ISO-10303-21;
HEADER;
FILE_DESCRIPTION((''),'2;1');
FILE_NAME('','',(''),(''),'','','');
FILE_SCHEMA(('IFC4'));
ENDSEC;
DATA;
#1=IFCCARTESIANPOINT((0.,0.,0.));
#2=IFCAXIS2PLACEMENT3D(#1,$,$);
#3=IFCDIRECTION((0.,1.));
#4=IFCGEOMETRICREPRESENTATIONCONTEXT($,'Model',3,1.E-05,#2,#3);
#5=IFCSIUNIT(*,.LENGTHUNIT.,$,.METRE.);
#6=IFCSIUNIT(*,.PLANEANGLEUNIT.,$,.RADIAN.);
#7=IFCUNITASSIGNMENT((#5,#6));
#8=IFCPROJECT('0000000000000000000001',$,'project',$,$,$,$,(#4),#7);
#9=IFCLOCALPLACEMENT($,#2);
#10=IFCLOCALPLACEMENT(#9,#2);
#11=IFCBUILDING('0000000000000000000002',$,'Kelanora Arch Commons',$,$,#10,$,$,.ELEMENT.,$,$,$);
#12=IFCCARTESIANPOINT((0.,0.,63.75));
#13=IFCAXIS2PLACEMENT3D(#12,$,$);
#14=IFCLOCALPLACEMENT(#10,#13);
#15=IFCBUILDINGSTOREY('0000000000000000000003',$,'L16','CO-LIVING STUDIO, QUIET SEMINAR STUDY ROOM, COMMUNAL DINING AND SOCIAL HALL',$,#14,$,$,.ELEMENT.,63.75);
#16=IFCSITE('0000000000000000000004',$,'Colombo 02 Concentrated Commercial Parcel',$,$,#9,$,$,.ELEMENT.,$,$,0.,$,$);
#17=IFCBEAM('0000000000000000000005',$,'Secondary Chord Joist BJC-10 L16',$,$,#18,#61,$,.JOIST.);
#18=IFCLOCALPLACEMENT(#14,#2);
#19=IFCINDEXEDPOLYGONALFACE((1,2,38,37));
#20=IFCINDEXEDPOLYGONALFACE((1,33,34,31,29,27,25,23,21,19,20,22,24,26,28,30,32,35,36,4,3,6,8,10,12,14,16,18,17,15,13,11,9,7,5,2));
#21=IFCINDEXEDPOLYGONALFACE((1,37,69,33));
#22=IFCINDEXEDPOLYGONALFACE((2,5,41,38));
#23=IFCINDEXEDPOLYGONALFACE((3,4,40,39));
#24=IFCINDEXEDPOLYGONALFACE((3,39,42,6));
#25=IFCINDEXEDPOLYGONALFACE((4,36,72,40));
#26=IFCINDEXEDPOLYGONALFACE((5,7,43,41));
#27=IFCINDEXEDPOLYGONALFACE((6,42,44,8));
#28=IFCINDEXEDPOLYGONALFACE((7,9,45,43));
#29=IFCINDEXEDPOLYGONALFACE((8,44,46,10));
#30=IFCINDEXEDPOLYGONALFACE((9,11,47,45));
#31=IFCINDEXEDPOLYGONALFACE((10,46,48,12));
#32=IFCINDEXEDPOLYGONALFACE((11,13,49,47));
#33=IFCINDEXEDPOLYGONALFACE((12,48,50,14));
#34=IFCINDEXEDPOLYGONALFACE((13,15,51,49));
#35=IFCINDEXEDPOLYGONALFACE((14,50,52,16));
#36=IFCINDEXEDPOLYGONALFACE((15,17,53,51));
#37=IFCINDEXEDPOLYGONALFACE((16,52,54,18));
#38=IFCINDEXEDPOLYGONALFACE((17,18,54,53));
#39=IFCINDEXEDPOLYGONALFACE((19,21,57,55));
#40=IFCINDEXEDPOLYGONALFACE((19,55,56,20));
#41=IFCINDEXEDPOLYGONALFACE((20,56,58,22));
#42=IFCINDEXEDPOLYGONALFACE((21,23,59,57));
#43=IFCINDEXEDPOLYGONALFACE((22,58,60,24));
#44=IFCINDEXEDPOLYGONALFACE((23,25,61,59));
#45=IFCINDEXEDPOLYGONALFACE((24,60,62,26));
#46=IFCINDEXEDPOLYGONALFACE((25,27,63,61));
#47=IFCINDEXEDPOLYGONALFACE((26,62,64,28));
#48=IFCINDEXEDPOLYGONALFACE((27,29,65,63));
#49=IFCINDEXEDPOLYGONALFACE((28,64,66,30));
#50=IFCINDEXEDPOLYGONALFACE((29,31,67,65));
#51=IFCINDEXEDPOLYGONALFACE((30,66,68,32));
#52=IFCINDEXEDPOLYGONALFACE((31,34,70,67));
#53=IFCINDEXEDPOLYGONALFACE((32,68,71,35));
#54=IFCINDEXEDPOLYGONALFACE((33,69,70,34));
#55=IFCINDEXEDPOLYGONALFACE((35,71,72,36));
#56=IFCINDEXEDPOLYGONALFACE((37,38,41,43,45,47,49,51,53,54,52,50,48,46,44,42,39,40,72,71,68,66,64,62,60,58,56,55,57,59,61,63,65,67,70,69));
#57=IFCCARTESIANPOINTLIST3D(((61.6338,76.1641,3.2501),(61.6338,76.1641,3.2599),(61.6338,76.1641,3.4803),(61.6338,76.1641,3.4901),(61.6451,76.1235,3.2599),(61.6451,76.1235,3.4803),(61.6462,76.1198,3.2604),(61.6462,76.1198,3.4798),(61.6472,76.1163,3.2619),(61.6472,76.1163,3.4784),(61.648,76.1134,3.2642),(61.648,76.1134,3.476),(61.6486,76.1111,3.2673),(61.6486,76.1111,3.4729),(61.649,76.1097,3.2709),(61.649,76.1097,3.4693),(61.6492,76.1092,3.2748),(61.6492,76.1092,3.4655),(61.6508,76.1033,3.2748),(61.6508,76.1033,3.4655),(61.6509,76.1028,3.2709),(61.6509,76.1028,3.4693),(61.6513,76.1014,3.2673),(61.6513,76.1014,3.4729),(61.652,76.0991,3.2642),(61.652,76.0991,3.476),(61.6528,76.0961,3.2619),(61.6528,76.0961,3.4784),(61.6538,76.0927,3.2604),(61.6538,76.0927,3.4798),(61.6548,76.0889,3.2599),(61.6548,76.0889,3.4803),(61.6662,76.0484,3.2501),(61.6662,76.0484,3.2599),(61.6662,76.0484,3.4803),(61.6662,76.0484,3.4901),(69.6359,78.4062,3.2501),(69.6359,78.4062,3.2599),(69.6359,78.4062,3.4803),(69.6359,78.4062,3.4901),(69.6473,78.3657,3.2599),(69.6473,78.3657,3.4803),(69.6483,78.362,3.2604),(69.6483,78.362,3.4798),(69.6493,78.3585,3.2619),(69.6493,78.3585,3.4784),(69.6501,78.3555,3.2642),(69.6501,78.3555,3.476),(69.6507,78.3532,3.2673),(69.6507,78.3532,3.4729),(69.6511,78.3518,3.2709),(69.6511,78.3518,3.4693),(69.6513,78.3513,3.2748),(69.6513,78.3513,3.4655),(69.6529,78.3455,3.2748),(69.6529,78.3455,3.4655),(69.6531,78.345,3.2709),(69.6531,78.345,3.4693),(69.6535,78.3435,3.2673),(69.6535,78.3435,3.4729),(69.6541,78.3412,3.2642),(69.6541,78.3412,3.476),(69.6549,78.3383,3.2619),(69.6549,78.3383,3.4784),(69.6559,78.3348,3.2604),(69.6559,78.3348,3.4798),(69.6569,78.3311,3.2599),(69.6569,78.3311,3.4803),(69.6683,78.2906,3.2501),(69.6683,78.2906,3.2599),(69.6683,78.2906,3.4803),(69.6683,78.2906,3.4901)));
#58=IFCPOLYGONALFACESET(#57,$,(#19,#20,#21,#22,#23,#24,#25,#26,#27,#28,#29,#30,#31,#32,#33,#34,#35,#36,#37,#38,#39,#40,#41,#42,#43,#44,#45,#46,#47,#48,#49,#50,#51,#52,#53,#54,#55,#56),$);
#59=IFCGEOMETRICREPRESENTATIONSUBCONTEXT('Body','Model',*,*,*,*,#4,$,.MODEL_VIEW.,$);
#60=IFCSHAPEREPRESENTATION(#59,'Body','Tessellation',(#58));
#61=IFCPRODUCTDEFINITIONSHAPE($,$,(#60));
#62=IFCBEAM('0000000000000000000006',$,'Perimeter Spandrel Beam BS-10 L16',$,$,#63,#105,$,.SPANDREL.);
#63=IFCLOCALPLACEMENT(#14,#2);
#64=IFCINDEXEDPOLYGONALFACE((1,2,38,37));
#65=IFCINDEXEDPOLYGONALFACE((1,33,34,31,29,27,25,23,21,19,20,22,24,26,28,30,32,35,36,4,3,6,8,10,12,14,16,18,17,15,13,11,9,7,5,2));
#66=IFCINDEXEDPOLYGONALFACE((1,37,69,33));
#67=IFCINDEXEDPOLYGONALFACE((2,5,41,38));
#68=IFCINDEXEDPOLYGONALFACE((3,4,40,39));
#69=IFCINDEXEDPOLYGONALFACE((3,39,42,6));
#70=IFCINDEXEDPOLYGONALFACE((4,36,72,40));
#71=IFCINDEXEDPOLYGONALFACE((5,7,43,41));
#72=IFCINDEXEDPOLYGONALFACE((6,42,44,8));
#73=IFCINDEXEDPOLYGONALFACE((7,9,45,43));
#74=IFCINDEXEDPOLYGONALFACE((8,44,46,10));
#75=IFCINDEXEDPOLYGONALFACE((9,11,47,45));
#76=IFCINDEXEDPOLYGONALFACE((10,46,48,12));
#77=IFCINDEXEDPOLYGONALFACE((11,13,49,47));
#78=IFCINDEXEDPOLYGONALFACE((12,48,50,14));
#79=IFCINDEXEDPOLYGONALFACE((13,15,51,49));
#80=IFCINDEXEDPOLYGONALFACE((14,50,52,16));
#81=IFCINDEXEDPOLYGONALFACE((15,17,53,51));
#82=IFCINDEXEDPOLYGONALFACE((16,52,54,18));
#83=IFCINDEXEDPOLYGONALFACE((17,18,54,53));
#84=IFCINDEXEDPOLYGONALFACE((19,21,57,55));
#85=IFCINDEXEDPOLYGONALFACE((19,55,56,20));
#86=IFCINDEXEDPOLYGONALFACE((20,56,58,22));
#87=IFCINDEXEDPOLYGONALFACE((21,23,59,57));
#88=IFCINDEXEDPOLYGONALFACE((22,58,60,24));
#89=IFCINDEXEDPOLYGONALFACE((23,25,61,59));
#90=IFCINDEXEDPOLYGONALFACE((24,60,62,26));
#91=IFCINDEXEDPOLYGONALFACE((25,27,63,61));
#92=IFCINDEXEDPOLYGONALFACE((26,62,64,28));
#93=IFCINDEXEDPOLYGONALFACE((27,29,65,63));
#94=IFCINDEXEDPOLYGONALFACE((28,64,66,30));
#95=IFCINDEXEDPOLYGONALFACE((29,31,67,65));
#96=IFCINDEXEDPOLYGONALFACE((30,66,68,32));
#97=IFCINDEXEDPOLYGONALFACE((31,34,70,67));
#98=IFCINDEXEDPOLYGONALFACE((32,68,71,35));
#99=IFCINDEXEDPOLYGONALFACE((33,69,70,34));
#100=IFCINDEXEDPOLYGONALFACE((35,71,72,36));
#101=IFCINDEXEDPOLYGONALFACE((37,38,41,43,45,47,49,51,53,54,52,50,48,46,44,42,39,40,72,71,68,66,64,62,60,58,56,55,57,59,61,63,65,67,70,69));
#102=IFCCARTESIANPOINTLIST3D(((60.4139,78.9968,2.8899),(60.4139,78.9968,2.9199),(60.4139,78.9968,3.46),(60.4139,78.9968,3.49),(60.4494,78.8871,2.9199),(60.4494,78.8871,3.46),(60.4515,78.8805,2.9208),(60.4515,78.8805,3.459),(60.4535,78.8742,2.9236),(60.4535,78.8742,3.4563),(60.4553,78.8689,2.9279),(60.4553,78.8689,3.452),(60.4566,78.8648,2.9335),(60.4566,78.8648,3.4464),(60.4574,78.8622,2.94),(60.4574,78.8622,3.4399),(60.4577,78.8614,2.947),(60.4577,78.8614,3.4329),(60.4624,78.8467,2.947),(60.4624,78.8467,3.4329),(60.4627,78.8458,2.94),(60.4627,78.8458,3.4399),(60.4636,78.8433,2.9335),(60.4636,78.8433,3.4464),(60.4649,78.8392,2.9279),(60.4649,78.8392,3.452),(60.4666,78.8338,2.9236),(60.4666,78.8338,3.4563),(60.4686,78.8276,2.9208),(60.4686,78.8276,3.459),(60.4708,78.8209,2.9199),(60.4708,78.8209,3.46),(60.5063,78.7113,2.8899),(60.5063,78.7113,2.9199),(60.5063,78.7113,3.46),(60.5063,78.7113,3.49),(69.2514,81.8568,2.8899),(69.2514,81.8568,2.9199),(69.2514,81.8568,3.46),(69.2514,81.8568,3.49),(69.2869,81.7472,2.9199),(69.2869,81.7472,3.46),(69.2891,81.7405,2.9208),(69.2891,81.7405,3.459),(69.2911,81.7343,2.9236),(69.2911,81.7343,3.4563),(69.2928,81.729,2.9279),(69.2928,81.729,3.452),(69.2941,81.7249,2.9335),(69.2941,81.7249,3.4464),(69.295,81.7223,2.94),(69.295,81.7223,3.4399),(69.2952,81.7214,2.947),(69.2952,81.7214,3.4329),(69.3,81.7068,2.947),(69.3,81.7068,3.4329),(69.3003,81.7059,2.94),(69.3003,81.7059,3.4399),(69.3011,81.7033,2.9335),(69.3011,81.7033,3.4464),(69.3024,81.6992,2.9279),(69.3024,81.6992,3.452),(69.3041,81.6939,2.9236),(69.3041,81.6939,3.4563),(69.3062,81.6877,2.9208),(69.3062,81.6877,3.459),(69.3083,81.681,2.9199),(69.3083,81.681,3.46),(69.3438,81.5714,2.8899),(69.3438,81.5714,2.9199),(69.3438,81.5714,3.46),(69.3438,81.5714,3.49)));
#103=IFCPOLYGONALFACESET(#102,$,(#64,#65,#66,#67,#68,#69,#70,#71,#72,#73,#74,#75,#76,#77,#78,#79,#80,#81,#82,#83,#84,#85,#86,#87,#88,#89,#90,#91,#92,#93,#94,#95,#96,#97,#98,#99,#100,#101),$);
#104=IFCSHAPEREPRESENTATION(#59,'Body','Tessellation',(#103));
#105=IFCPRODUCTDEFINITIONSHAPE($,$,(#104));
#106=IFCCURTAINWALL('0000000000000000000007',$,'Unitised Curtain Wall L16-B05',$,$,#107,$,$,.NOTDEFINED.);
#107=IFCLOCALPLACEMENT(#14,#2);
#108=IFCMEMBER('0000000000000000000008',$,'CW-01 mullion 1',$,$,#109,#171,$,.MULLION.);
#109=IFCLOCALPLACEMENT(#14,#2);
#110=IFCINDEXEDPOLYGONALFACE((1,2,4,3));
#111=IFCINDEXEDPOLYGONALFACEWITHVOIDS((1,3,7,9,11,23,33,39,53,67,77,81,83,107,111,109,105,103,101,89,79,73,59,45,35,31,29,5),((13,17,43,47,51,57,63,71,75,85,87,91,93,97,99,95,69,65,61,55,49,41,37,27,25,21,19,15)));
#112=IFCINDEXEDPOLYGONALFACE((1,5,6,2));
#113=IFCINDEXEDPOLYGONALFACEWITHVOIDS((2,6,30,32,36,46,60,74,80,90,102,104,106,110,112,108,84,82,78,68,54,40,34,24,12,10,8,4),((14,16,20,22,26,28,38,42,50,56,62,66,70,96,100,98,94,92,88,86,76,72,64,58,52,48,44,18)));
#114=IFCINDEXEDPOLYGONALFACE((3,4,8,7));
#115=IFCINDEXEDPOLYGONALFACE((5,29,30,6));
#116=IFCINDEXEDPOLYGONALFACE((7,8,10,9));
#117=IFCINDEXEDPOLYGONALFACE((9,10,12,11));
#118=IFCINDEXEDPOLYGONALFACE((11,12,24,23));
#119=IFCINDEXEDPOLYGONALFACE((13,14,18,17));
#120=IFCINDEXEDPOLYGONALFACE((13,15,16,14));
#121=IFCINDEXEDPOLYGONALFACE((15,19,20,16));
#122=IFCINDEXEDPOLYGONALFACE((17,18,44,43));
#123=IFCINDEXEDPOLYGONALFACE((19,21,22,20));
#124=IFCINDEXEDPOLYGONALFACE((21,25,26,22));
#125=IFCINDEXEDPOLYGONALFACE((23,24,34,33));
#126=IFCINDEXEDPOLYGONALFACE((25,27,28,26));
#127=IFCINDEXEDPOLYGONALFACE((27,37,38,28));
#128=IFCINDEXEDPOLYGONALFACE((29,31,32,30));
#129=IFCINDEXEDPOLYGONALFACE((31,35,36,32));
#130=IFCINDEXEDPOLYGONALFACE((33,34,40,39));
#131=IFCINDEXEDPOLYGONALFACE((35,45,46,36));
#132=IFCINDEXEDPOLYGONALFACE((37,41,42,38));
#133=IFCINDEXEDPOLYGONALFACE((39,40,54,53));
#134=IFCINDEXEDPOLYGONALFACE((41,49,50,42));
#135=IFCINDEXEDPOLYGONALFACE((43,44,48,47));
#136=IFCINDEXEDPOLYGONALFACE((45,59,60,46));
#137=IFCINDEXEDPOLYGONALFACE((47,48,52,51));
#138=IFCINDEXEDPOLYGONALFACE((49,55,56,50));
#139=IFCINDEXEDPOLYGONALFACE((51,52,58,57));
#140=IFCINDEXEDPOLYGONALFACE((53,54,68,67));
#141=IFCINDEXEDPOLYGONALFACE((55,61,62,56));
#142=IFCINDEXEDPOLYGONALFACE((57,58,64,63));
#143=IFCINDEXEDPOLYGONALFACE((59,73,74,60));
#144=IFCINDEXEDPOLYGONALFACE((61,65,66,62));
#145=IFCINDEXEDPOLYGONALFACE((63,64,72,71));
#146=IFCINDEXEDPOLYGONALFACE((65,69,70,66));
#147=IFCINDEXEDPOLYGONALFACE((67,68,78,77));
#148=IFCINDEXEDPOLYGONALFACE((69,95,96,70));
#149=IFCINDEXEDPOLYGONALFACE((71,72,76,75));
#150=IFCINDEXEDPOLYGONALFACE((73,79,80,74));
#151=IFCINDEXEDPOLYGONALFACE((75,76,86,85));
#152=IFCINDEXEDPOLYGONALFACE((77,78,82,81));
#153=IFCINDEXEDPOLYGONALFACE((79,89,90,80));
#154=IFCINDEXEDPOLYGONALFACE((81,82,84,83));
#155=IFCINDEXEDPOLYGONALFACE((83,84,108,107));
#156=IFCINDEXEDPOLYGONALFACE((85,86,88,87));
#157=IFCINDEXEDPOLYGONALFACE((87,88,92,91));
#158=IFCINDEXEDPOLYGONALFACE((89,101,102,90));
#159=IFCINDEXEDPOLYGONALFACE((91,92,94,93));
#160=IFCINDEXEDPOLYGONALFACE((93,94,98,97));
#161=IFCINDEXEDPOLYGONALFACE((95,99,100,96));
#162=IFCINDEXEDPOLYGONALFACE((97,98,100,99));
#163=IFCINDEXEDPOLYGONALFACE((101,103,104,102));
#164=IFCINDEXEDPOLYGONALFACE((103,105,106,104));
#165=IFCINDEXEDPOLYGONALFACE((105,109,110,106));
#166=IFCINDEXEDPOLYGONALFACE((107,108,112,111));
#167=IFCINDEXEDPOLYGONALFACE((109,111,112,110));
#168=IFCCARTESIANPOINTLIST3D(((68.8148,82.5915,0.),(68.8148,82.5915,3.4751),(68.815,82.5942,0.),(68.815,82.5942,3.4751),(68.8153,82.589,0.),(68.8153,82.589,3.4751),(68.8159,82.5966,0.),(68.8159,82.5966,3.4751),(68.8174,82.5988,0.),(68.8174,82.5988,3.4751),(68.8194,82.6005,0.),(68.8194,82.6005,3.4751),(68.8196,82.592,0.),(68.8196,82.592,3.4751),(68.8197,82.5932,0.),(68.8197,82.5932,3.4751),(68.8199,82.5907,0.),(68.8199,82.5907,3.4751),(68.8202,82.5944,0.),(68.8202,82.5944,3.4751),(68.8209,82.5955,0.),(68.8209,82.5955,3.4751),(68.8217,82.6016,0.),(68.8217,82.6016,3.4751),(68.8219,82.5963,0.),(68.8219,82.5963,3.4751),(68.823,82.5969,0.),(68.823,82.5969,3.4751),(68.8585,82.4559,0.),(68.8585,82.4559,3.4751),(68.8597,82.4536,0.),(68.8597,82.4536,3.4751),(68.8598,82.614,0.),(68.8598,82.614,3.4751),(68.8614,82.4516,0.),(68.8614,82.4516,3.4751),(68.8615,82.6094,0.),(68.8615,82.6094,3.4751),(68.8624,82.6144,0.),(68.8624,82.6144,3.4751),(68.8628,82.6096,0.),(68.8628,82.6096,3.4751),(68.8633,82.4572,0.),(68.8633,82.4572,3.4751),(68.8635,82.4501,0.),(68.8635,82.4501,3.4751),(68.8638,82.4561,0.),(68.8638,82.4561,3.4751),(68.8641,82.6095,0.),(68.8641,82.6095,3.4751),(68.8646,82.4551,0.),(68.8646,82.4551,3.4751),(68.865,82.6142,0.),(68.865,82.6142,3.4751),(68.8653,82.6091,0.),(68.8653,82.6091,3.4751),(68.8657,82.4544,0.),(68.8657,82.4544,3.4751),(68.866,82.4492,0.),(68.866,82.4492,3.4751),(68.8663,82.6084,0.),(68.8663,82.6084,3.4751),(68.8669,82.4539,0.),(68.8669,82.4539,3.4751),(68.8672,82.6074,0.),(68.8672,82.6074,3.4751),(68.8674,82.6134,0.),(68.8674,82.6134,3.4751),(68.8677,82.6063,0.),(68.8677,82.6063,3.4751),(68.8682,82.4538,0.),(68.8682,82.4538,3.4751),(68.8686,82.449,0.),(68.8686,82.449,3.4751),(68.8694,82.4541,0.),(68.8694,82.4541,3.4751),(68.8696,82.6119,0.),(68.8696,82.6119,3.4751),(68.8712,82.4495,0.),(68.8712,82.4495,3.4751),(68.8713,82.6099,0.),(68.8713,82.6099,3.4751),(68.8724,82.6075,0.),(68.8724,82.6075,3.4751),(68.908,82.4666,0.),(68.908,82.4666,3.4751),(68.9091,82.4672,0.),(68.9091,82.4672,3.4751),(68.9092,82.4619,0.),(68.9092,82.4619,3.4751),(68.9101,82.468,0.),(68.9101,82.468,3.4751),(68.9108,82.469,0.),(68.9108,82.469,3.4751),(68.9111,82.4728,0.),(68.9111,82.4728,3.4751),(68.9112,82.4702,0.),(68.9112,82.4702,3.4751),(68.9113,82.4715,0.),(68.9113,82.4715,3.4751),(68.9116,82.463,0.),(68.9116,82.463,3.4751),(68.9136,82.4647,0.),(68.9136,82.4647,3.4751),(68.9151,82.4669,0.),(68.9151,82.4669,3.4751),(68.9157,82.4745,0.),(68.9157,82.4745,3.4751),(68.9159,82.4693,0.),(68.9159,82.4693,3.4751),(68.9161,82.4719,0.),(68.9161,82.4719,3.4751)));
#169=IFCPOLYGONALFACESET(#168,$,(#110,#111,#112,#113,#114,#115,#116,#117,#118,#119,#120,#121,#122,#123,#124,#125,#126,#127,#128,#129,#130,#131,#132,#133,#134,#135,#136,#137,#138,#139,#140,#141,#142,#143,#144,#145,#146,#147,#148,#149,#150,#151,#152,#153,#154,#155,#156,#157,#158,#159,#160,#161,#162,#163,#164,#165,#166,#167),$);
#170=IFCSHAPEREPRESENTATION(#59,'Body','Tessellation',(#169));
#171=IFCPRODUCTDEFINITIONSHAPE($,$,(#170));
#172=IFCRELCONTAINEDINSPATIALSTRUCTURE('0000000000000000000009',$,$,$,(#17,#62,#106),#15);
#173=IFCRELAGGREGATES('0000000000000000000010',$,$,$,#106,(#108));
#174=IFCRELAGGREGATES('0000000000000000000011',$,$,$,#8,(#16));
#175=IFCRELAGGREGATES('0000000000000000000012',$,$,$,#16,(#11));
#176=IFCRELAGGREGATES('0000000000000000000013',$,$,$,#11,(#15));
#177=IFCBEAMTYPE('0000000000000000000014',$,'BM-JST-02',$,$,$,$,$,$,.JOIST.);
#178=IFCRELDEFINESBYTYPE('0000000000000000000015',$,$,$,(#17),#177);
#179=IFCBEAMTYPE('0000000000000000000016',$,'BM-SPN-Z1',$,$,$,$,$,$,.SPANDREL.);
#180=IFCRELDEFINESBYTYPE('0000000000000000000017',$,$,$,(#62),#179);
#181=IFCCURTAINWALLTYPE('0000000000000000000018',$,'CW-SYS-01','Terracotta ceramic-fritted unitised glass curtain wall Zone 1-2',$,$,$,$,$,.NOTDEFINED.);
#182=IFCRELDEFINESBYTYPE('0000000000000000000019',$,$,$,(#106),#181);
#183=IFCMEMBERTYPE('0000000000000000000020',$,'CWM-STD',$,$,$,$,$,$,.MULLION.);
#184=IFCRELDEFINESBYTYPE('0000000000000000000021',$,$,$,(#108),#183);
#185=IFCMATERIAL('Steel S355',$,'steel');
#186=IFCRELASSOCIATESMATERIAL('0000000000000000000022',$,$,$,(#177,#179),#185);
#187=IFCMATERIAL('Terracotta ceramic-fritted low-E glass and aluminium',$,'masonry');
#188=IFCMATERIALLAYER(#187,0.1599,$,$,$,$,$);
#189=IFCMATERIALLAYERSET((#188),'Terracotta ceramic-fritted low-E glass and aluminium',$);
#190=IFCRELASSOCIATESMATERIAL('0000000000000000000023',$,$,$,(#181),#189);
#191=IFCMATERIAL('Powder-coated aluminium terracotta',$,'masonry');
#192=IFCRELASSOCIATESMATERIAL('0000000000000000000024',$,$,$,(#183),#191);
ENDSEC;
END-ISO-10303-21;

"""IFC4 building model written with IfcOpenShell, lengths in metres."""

from ifc_helpers import new_model, si_unit, direction, frame, origin, origin_2d, place, context, subcontext, project, spatial, hollow_rectangle, i_section, extrude, material, layer, layer_set, material_profile, profile_set, type_object, element, aggregate, save


model = new_model("IFC4")

# Units and contexts
model_context = context("Model", 3, precision=1e-05, world=origin(), true_north=direction((0.0, 1.0)))
body_context = subcontext(model_context, "Body", "Model", "MODEL_VIEW")
ifc_project = project(units=[si_unit("LENGTHUNIT", "METRE"), si_unit("PLANEANGLEUNIT", "RADIAN")], contexts=[model_context])

# Site, building, storey
site_placement = place(None, origin())
site = spatial("IfcSite", under=ifc_project, at=site_placement, Name="Colombo 02 Concentrated Commercial Parcel", CompositionType="ELEMENT", RefElevation=0.0)
building_placement = place(site_placement, origin())
building = spatial("IfcBuilding", under=site, at=building_placement, Name="Kelanora Arch Commons", CompositionType="ELEMENT")
storey_placement = place(building_placement, frame((0.0, 0.0, 63.75)))
storey = spatial("IfcBuildingStorey", under=building, at=storey_placement, Name="L16", Description="CO-LIVING STUDIO, QUIET SEMINAR STUDY ROOM, COMMUNAL DINING AND SOCIAL HALL", CompositionType="ELEMENT", Elevation=63.75)

# Beams
ifc_material_1 = material(Name="Steel S355", Category="steel")
ifc_material_profile_1 = material_profile(ifc_material_1, i_section(OverallWidth=0.1201, OverallDepth=0.24, WebThickness=0.0061, FlangeThickness=0.0098, FilletRadius=0.0149, at=origin_2d()), Name="IPE240")
ifc_profile_set_1 = profile_set([ifc_material_profile_1], Name="Steel S355")
beam_type_1 = type_object("IfcBeamType", Name="BM-JST-02", PredefinedType="JOIST", material=ifc_profile_set_1)
beam_1_placement = place(storey_placement, frame((69.6521, 78.3484, 3.3701), z_axis=(-0.962915, -0.269805, 0.0), x_axis=(0.269805, -0.962915, 0.0)))
element("IfcBeam", 1, at=beam_1_placement, inside=storey, type_object=beam_type_1, Name="Secondary Chord Joist BJC-10 L16", PredefinedType="JOIST", context=body_context, shape_type="SweptSolid", body=[
    extrude(i_section(OverallWidth=0.1201, OverallDepth=0.24, WebThickness=0.0061, FlangeThickness=0.0098, FilletRadius=0.0149, at=origin_2d()), origin(), (0.0, 0.0, 1.0), 8.3103),
])
ifc_material_profile_2 = material_profile(ifc_material_1, i_section(OverallWidth=0.3, OverallDepth=0.6001, WebThickness=0.0154, FlangeThickness=0.03, FilletRadius=0.0271, at=origin_2d()), Name="HEB600")
ifc_profile_set_2 = profile_set([ifc_material_profile_2], Name="Steel S355")
beam_type_2 = type_object("IfcBeamType", Name="BM-SPN-Z1", PredefinedType="SPANDREL", material=ifc_profile_set_2)
beam_2_placement = place(storey_placement, frame((69.2976, 81.7141, 3.1899), z_axis=(-0.951417, -0.307905, 0.0), x_axis=(0.307905, -0.951417, 0.0)))
element("IfcBeam", 2, at=beam_2_placement, inside=storey, type_object=beam_type_2, Name="Perimeter Spandrel Beam BS-10 L16", PredefinedType="SPANDREL", context=body_context, shape_type="SweptSolid", body=[
    extrude(i_section(OverallWidth=0.3, OverallDepth=0.6001, WebThickness=0.0154, FlangeThickness=0.03, FilletRadius=0.0271, at=origin_2d()), origin(), (0.0, 0.0, 1.0), 9.2888),
])

# Curtain wall, member
ifc_material_2 = material(Name="Terracotta ceramic-fritted low-E glass and aluminium", Category="masonry")
ifc_layer_1 = layer(ifc_material_2, 0.1599)
ifc_layer_set_1 = layer_set([ifc_layer_1], Name="Terracotta ceramic-fritted low-E glass and aluminium")
curtain_wall_type = type_object("IfcCurtainWallType", Name="CW-SYS-01", Description="Terracotta ceramic-fritted unitised glass curtain wall Zone 1-2", PredefinedType="NOTDEFINED", material=ifc_layer_set_1)
curtain_wall_placement = place(storey_placement, origin())
curtain_wall = element("IfcCurtainWall", 3, at=curtain_wall_placement, inside=storey, type_object=curtain_wall_type, Name="Unitised Curtain Wall L16-B05", PredefinedType="NOTDEFINED")
ifc_material_3 = material(Name="Powder-coated aluminium terracotta", Category="masonry")
ifc_material_profile_3 = material_profile(ifc_material_3, hollow_rectangle(XDim=0.1599, YDim=0.0601, WallThickness=0.0049, InnerFilletRadius=0.0049, OuterFilletRadius=0.01, at=origin_2d()), Name="CWM160x60")
ifc_profile_set_3 = profile_set([ifc_material_profile_3], Name="Powder-coated aluminium terracotta")
member_type_1 = type_object("IfcMemberType", Name="CWM-STD", PredefinedType="MULLION", material=ifc_profile_set_3)
member_1_placement = place(storey_placement, frame((68.8655, 82.5317, 0.0), z_axis=(0.0, 0.0, 1.0), x_axis=(0.309058, -0.951043, 0.0)))
member_1 = element("IfcMember", 4, at=member_1_placement, type_object=member_type_1, Name="CW-01 mullion 1", PredefinedType="MULLION", context=body_context, shape_type="SweptSolid", body=[
    extrude(hollow_rectangle(XDim=0.1599, YDim=0.0601, WallThickness=0.0049, InnerFilletRadius=0.0049, OuterFilletRadius=0.01, at=origin_2d()), origin(), (0.0, 0.0, 1.0), 3.4751),
])
aggregate(curtain_wall, [member_1])

save(model, "model.ifc")
